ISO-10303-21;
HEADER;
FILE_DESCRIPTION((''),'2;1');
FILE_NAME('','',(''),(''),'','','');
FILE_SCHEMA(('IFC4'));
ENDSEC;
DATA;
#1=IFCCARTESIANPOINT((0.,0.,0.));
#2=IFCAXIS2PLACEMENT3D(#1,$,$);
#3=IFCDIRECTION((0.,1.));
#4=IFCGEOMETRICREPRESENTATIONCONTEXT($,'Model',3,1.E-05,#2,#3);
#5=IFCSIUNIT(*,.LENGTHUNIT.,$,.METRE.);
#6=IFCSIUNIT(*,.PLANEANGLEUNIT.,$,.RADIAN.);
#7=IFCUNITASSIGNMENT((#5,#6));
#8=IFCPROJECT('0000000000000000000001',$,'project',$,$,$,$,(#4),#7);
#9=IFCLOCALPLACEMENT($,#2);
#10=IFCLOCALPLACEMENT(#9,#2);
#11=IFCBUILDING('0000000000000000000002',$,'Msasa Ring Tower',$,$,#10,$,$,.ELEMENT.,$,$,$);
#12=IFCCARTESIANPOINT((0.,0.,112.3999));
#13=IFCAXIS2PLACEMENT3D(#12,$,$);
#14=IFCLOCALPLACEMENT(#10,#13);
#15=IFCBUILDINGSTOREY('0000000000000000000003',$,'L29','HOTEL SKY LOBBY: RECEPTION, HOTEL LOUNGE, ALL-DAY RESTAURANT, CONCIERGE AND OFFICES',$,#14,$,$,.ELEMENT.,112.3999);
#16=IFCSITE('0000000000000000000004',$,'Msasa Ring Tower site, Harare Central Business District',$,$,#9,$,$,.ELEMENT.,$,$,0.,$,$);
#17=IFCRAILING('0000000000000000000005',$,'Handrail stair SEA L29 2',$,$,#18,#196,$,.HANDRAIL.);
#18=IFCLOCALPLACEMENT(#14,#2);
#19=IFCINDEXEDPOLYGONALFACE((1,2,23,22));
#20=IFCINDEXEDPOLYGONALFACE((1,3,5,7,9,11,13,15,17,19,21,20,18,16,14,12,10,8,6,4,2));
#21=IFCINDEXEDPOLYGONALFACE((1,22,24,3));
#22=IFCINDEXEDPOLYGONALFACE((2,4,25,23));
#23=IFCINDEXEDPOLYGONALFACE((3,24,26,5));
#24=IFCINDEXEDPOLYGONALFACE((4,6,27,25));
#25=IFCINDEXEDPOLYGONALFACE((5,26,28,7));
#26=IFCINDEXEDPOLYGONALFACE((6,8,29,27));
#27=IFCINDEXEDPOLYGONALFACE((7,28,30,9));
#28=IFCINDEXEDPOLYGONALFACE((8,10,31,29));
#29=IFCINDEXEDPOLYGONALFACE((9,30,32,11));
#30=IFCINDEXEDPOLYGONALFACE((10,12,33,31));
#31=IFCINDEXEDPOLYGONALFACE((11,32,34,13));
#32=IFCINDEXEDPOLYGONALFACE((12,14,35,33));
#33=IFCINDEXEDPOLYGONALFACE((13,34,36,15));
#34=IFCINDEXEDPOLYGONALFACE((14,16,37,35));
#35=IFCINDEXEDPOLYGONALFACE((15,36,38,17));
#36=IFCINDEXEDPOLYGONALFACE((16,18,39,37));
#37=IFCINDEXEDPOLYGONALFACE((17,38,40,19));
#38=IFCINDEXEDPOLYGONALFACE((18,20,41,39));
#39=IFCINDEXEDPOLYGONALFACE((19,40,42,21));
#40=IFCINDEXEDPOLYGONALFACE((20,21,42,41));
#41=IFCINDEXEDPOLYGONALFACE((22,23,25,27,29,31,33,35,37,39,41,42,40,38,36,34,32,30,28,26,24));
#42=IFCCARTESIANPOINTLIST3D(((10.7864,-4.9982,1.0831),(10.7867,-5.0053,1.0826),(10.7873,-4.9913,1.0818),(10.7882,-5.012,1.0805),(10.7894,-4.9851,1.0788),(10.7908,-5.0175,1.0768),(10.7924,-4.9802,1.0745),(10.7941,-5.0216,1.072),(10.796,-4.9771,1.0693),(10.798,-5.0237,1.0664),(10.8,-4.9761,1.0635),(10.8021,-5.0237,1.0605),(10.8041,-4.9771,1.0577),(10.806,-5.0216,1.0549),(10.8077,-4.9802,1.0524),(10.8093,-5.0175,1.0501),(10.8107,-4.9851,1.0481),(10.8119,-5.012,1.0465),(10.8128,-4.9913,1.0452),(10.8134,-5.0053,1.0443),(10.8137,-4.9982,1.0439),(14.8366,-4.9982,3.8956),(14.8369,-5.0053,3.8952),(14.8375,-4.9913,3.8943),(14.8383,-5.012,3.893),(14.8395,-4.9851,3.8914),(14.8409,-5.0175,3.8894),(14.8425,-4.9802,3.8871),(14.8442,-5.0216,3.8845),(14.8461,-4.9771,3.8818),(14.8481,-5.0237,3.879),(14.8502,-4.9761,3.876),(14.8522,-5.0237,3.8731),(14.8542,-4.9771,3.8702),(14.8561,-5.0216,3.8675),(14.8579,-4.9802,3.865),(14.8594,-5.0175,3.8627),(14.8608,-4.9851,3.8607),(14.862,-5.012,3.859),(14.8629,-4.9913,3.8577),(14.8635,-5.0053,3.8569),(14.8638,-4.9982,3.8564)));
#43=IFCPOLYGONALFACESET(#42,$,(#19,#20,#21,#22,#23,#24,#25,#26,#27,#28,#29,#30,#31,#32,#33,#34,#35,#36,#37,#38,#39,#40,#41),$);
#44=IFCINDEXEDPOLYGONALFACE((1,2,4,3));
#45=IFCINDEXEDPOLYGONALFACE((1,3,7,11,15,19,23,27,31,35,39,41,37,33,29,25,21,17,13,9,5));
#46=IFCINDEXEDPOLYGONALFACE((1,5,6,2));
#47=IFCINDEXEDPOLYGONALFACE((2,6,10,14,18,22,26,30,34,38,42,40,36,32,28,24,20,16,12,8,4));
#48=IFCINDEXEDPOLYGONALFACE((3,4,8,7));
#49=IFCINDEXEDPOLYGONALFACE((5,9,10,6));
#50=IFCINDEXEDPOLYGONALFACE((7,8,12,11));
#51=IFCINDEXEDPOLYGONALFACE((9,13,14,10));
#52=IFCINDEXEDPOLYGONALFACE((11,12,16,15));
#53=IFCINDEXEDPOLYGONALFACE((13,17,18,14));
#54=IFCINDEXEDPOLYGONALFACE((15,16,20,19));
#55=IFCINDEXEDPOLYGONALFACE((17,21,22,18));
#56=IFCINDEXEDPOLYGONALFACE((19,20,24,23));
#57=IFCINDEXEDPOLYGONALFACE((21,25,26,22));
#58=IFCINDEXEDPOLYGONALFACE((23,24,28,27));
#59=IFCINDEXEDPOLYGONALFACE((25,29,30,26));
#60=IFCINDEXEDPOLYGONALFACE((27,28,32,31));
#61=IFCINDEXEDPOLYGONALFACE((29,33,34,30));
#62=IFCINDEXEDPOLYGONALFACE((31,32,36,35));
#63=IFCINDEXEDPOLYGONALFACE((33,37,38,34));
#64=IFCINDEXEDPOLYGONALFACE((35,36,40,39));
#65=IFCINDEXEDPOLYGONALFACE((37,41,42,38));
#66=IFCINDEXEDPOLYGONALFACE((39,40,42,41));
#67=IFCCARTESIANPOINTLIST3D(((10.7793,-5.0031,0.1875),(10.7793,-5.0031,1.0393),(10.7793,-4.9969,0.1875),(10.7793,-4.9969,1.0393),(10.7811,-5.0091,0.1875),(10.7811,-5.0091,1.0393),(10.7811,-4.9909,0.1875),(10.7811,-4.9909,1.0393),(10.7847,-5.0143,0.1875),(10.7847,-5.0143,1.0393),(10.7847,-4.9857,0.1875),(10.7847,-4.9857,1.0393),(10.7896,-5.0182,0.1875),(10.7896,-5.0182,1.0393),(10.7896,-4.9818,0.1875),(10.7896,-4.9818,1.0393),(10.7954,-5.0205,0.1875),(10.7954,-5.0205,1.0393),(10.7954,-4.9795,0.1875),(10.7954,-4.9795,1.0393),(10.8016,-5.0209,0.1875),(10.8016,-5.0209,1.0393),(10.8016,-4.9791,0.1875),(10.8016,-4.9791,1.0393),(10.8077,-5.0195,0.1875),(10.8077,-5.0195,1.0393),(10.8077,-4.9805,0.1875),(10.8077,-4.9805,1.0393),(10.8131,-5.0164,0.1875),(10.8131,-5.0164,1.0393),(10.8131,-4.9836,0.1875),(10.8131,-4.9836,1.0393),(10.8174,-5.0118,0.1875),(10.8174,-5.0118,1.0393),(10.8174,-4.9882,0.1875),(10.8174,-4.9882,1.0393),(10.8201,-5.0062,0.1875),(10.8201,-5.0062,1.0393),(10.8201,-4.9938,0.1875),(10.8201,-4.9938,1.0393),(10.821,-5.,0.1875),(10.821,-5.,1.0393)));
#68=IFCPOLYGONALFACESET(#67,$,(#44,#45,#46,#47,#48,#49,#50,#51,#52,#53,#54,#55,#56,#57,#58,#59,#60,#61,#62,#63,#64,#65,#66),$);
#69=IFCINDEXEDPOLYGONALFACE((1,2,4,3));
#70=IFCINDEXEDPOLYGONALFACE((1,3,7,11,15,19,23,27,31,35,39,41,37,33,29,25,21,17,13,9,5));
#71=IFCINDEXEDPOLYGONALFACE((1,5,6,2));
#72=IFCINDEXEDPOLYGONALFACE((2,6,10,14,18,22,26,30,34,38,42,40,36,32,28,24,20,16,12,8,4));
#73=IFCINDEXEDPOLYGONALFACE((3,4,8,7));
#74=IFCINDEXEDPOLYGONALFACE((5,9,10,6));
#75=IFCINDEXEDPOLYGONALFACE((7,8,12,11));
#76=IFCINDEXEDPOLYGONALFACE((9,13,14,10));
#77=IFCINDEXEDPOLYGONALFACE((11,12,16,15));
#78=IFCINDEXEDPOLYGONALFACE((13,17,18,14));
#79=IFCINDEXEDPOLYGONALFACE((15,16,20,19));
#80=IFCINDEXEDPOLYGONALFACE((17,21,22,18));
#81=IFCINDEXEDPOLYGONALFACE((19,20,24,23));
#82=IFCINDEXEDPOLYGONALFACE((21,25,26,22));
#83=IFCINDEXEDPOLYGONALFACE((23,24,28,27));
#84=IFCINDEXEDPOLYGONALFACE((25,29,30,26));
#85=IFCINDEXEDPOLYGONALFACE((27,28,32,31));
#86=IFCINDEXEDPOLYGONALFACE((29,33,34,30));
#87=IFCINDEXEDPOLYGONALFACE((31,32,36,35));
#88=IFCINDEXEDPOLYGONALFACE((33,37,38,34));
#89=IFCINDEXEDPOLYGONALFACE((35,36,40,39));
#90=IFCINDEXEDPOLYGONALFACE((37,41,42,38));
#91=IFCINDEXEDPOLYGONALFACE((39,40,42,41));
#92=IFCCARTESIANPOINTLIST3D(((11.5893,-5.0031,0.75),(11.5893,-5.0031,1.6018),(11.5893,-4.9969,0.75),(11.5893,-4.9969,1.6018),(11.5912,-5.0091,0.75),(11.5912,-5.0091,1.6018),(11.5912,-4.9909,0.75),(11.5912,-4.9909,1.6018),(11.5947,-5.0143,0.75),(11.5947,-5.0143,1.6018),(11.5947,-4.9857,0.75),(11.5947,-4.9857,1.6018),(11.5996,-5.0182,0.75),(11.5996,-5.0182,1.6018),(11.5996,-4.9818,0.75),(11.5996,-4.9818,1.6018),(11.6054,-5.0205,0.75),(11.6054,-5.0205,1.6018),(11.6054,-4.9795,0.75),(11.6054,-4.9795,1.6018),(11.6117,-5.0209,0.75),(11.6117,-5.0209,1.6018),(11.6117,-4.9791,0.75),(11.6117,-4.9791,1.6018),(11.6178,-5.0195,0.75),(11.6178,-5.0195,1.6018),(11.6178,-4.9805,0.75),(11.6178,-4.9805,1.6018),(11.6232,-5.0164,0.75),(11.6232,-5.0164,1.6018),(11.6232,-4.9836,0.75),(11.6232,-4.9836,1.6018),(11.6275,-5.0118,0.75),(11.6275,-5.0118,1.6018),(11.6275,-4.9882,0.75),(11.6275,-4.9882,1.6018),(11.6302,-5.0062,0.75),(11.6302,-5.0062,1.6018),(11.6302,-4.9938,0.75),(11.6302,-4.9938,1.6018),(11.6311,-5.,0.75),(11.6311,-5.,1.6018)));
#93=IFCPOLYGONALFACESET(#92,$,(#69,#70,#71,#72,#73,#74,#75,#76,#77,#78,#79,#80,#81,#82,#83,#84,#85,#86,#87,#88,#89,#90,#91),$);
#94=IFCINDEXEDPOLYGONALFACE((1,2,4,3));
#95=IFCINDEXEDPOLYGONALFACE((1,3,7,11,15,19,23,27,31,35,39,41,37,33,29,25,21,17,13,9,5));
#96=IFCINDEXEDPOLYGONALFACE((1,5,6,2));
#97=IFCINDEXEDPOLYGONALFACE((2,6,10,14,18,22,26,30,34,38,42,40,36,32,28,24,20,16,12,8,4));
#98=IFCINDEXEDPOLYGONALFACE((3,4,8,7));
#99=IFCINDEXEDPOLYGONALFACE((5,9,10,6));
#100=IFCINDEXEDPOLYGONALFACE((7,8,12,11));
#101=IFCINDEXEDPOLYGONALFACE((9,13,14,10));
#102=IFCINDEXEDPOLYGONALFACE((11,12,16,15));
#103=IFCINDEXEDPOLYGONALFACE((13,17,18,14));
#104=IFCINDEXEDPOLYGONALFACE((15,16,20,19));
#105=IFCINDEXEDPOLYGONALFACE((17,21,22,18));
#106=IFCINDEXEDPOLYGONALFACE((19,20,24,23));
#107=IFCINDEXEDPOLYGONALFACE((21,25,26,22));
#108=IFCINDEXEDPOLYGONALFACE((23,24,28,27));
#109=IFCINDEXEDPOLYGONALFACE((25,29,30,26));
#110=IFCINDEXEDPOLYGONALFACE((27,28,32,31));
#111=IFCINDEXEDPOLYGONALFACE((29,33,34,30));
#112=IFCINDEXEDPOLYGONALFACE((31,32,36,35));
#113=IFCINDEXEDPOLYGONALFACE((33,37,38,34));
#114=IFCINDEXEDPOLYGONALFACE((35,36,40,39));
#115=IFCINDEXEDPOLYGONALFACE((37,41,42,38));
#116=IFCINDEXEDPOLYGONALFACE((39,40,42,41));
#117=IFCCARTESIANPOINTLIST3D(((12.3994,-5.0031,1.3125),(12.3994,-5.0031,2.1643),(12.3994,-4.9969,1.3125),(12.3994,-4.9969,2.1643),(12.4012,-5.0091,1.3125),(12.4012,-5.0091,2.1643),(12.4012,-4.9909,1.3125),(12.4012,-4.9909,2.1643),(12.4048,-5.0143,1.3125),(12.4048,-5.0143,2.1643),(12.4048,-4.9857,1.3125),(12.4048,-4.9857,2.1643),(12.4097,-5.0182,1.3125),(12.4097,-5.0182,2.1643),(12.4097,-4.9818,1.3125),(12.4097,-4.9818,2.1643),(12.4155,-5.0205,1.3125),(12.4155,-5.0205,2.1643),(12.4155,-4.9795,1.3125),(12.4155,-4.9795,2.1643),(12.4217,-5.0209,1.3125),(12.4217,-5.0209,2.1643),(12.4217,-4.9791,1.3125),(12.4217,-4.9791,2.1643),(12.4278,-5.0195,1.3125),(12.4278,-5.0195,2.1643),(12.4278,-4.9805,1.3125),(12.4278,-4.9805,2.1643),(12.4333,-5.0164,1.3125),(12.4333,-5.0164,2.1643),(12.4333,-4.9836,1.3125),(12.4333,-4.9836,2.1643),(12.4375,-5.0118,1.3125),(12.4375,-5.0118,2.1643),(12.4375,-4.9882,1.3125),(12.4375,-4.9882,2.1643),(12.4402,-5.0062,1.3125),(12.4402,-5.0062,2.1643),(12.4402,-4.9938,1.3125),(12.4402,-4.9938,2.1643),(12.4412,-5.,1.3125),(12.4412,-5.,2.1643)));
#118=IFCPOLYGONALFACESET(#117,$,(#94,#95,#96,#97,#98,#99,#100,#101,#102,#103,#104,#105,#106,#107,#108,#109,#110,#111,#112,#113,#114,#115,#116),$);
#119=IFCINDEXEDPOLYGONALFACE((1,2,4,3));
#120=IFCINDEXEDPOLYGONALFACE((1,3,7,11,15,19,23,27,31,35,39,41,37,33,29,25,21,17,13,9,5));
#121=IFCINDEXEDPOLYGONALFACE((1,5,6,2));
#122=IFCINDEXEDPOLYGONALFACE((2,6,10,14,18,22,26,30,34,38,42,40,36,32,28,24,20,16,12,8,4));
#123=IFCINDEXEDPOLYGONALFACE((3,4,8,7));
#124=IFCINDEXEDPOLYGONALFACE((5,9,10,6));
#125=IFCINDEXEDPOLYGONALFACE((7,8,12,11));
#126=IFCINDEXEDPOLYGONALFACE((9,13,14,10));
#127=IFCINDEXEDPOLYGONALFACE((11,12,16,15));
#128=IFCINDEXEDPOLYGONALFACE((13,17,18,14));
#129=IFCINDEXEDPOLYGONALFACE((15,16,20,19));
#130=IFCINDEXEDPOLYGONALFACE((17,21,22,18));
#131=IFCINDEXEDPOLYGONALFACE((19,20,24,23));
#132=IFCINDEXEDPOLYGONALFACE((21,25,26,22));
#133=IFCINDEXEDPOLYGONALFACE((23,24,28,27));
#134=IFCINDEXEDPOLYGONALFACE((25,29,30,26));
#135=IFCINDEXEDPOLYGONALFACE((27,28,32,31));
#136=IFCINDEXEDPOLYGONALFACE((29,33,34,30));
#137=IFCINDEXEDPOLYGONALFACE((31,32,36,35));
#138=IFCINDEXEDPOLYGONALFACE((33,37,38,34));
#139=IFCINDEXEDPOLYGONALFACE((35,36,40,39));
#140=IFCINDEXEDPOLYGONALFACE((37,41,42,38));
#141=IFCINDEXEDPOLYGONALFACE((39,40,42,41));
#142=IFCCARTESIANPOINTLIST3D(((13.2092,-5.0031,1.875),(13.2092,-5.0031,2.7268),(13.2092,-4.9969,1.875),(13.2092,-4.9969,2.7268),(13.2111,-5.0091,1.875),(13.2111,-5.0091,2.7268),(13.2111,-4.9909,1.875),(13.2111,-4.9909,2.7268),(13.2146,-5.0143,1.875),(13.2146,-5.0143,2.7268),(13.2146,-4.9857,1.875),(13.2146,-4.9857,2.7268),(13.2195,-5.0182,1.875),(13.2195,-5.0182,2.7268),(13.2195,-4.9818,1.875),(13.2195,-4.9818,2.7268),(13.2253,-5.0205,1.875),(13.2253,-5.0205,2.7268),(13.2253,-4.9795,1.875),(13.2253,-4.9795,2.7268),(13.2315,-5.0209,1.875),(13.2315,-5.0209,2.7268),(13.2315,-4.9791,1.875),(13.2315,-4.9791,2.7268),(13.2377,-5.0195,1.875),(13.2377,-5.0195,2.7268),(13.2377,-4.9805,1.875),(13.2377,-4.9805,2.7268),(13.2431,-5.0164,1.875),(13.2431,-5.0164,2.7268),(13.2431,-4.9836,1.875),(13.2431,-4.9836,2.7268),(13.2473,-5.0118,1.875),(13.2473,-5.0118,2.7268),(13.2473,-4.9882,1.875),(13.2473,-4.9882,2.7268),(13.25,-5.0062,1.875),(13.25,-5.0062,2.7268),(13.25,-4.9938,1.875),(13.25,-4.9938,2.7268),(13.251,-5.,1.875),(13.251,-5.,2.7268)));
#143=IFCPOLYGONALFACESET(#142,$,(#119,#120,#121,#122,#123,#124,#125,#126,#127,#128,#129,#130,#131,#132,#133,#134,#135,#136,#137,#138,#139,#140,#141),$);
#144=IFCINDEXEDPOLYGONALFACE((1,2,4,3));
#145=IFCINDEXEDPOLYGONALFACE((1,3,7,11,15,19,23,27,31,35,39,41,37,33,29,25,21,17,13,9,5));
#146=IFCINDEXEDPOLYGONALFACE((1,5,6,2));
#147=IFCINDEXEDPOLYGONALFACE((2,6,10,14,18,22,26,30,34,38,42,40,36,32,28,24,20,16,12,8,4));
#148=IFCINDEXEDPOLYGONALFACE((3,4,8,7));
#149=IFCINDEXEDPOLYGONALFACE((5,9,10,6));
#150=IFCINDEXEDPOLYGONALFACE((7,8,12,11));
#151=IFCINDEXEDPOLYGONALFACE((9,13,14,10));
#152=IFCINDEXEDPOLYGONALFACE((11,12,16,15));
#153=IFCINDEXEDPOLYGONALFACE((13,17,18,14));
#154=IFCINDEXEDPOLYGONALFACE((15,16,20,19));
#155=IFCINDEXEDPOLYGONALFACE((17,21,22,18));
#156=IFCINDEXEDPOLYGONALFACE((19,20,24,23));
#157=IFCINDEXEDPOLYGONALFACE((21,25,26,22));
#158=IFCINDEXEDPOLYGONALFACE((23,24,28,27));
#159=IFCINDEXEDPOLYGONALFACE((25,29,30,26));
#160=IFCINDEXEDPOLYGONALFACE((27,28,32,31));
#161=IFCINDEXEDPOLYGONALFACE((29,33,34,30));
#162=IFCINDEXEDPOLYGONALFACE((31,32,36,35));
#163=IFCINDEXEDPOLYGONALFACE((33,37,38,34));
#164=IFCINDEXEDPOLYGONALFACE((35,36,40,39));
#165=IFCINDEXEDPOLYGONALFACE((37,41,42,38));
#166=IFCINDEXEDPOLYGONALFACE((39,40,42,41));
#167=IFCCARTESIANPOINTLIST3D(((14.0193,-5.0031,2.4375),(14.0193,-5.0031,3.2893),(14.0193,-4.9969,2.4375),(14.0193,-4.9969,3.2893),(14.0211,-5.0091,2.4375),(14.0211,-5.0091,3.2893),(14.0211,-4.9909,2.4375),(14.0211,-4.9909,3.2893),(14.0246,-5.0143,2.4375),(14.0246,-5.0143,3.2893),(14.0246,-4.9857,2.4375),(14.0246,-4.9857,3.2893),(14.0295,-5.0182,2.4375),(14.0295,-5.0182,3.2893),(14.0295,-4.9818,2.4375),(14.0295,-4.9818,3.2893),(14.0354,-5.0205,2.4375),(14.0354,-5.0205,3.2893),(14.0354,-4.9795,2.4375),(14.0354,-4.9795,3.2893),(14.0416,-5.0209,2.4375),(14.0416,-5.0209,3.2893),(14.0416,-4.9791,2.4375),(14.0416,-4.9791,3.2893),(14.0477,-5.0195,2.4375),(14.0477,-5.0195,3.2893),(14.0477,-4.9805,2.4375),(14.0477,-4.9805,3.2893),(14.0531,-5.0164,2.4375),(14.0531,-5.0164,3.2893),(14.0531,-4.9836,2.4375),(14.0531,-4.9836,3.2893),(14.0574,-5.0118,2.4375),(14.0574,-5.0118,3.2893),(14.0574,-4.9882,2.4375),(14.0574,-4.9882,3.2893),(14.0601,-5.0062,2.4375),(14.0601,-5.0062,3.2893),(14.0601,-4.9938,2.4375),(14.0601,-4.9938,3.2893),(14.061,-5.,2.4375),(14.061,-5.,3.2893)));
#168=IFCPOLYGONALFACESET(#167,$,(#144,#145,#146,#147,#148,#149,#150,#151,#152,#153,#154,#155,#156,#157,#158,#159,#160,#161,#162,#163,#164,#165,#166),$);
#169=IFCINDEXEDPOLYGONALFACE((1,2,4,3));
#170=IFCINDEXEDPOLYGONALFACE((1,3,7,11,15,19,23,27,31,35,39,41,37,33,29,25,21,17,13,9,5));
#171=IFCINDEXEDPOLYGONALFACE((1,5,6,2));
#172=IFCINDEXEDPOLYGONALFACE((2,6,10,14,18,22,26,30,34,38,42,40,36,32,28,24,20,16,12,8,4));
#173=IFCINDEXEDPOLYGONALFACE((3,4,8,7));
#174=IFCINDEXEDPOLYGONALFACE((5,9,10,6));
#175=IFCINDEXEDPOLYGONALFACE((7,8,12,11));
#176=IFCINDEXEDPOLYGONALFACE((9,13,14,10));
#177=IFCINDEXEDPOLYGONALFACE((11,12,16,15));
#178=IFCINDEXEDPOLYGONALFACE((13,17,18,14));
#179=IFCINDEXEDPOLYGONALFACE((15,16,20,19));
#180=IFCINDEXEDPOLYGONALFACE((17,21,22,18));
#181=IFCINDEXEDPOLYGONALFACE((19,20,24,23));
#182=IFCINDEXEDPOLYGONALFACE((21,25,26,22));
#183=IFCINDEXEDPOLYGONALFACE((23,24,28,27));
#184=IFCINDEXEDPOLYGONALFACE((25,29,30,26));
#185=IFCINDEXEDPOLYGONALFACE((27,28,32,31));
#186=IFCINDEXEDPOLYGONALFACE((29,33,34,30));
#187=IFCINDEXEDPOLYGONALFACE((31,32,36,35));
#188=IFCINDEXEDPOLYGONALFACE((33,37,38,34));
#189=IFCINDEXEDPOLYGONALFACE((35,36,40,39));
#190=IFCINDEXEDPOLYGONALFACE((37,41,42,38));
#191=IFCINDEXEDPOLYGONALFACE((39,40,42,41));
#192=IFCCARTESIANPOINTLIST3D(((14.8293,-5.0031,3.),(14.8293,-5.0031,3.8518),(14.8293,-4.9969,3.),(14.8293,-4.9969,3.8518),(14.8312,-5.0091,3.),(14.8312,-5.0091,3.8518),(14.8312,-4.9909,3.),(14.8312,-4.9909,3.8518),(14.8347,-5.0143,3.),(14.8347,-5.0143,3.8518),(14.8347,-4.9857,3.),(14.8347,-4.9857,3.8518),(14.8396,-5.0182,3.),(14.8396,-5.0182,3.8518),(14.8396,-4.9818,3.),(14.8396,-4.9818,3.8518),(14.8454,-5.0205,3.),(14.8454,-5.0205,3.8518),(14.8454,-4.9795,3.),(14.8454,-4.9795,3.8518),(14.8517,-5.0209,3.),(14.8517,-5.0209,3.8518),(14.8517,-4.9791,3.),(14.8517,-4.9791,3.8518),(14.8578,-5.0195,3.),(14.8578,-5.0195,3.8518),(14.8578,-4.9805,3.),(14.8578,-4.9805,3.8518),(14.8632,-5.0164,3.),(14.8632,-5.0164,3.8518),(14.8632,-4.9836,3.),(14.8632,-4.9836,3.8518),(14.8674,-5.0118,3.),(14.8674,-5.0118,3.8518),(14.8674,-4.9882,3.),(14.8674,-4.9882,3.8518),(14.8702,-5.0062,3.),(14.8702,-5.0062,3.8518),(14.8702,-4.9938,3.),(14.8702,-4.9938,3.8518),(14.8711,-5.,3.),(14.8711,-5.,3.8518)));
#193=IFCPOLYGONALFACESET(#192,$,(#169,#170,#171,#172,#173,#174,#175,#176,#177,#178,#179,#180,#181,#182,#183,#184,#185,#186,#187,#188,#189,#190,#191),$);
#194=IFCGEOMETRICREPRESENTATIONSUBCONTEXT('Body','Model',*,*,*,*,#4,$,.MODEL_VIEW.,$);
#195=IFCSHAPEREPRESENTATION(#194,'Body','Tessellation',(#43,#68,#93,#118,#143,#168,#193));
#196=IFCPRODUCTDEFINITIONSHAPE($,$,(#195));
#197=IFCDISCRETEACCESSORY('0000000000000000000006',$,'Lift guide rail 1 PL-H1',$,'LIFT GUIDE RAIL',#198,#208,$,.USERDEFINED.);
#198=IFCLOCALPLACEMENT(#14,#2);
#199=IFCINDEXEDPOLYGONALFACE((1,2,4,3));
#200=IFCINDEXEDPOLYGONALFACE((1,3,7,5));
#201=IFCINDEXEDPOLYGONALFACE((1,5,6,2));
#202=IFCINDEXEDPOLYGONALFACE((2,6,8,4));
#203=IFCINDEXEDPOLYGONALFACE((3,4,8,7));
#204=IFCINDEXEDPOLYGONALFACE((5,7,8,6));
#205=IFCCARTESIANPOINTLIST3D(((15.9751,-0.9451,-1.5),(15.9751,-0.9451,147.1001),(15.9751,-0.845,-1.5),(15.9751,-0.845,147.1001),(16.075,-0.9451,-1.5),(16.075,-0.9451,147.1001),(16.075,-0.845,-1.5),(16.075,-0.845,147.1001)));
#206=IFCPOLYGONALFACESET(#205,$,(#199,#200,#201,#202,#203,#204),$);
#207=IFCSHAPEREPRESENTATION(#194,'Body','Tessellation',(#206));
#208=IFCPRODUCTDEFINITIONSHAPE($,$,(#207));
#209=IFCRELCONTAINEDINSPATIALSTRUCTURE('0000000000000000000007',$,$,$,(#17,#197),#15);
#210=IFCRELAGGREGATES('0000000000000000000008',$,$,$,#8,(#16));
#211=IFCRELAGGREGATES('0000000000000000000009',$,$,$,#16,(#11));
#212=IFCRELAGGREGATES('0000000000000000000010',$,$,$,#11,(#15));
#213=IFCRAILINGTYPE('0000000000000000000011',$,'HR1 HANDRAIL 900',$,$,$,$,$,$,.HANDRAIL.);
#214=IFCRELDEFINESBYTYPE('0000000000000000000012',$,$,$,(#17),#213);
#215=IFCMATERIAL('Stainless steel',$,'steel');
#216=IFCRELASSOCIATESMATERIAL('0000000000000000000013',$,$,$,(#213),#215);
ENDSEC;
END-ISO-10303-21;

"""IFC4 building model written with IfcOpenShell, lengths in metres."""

from ifc_helpers import new_model, si_unit, direction, frame, origin, origin_2d, place, context, subcontext, project, spatial, polyline, circle, outline, extrude, material, type_object, element, save


model = new_model("IFC4")

# Units and contexts
model_context = context("Model", 3, precision=1e-05, world=origin(), true_north=direction((0.0, 1.0)))
body_context = subcontext(model_context, "Body", "Model", "MODEL_VIEW")
ifc_project = project(units=[si_unit("LENGTHUNIT", "METRE"), si_unit("PLANEANGLEUNIT", "RADIAN")], contexts=[model_context])

# Site, building, storey
site_placement = place(None, origin())
site = spatial("IfcSite", under=ifc_project, at=site_placement, Name="Msasa Ring Tower site, Harare Central Business District", CompositionType="ELEMENT", RefElevation=0.0)
building_placement = place(site_placement, origin())
building = spatial("IfcBuilding", under=site, at=building_placement, Name="Msasa Ring Tower", CompositionType="ELEMENT")
storey_placement = place(building_placement, frame((0.0, 0.0, 112.3999)))
storey = spatial("IfcBuildingStorey", under=building, at=storey_placement, Name="L29", Description="HOTEL SKY LOBBY: RECEPTION, HOTEL LOUNGE, ALL-DAY RESTAURANT, CONCIERGE AND OFFICES", CompositionType="ELEMENT", Elevation=112.3999)

# Railing
ifc_material_1 = material(Name="Stainless steel", Category="steel")
railing_type = type_object("IfcRailingType", Name="HR1 HANDRAIL 900", PredefinedType="HANDRAIL", material=ifc_material_1)
for number, where, name in (
    (1, (10.8, -5.0, 0.1875), "Handrail stair SEA L29 2"),
):
    element("IfcRailing", number, at=place(storey_placement, frame(where)), inside=storey, type_object=railing_type, Name=name, PredefinedType="HANDRAIL", context=body_context, shape_type="SweptSolid", body=[
        extrude(circle(Radius=0.0239, at=origin_2d()), frame((0.0, 0.0, 0.876), z_axis=(0.821373, 0.0, 0.570391), x_axis=(0.0, 1.0, 0.0)), (0.0, 0.0, 1.0), 4.9309),
        extrude(circle(Radius=0.021, at=origin_2d()), origin(), (0.0, 0.0, 1.0), 0.8518),
        extrude(circle(Radius=0.021, at=origin_2d()), frame((0.8101, 0.0, 0.5625)), (0.0, 0.0, 1.0), 0.8518),
        extrude(circle(Radius=0.021, at=origin_2d()), frame((1.6201, 0.0, 1.125)), (0.0, 0.0, 1.0), 0.8518),
        extrude(circle(Radius=0.021, at=origin_2d()), frame((2.4299, 0.0, 1.6875)), (0.0, 0.0, 1.0), 0.8518),
        extrude(circle(Radius=0.021, at=origin_2d()), frame((3.24, 0.0, 2.25)), (0.0, 0.0, 1.0), 0.8518),
        extrude(circle(Radius=0.021, at=origin_2d()), frame((4.05, 0.0, 2.8125)), (0.0, 0.0, 1.0), 0.8518),
    ])

# Discrete accessory
discrete_accessory_1_placement = place(storey_placement, frame((0.0, 0.0, -1.5)))
element("IfcDiscreteAccessory", 2, at=discrete_accessory_1_placement, inside=storey, Name="Lift guide rail 1 PL-H1", ObjectType="LIFT GUIDE RAIL", PredefinedType="USERDEFINED", context=body_context, shape_type="SweptSolid", body=[
    extrude(outline(polyline([(15.9751, -0.9451), (16.075, -0.9451), (16.075, -0.845), (15.9751, -0.845), (15.9751, -0.9451)])), origin(), (0.0, 0.0, 1.0), 148.6001),
])

save(model, "model.ifc")
